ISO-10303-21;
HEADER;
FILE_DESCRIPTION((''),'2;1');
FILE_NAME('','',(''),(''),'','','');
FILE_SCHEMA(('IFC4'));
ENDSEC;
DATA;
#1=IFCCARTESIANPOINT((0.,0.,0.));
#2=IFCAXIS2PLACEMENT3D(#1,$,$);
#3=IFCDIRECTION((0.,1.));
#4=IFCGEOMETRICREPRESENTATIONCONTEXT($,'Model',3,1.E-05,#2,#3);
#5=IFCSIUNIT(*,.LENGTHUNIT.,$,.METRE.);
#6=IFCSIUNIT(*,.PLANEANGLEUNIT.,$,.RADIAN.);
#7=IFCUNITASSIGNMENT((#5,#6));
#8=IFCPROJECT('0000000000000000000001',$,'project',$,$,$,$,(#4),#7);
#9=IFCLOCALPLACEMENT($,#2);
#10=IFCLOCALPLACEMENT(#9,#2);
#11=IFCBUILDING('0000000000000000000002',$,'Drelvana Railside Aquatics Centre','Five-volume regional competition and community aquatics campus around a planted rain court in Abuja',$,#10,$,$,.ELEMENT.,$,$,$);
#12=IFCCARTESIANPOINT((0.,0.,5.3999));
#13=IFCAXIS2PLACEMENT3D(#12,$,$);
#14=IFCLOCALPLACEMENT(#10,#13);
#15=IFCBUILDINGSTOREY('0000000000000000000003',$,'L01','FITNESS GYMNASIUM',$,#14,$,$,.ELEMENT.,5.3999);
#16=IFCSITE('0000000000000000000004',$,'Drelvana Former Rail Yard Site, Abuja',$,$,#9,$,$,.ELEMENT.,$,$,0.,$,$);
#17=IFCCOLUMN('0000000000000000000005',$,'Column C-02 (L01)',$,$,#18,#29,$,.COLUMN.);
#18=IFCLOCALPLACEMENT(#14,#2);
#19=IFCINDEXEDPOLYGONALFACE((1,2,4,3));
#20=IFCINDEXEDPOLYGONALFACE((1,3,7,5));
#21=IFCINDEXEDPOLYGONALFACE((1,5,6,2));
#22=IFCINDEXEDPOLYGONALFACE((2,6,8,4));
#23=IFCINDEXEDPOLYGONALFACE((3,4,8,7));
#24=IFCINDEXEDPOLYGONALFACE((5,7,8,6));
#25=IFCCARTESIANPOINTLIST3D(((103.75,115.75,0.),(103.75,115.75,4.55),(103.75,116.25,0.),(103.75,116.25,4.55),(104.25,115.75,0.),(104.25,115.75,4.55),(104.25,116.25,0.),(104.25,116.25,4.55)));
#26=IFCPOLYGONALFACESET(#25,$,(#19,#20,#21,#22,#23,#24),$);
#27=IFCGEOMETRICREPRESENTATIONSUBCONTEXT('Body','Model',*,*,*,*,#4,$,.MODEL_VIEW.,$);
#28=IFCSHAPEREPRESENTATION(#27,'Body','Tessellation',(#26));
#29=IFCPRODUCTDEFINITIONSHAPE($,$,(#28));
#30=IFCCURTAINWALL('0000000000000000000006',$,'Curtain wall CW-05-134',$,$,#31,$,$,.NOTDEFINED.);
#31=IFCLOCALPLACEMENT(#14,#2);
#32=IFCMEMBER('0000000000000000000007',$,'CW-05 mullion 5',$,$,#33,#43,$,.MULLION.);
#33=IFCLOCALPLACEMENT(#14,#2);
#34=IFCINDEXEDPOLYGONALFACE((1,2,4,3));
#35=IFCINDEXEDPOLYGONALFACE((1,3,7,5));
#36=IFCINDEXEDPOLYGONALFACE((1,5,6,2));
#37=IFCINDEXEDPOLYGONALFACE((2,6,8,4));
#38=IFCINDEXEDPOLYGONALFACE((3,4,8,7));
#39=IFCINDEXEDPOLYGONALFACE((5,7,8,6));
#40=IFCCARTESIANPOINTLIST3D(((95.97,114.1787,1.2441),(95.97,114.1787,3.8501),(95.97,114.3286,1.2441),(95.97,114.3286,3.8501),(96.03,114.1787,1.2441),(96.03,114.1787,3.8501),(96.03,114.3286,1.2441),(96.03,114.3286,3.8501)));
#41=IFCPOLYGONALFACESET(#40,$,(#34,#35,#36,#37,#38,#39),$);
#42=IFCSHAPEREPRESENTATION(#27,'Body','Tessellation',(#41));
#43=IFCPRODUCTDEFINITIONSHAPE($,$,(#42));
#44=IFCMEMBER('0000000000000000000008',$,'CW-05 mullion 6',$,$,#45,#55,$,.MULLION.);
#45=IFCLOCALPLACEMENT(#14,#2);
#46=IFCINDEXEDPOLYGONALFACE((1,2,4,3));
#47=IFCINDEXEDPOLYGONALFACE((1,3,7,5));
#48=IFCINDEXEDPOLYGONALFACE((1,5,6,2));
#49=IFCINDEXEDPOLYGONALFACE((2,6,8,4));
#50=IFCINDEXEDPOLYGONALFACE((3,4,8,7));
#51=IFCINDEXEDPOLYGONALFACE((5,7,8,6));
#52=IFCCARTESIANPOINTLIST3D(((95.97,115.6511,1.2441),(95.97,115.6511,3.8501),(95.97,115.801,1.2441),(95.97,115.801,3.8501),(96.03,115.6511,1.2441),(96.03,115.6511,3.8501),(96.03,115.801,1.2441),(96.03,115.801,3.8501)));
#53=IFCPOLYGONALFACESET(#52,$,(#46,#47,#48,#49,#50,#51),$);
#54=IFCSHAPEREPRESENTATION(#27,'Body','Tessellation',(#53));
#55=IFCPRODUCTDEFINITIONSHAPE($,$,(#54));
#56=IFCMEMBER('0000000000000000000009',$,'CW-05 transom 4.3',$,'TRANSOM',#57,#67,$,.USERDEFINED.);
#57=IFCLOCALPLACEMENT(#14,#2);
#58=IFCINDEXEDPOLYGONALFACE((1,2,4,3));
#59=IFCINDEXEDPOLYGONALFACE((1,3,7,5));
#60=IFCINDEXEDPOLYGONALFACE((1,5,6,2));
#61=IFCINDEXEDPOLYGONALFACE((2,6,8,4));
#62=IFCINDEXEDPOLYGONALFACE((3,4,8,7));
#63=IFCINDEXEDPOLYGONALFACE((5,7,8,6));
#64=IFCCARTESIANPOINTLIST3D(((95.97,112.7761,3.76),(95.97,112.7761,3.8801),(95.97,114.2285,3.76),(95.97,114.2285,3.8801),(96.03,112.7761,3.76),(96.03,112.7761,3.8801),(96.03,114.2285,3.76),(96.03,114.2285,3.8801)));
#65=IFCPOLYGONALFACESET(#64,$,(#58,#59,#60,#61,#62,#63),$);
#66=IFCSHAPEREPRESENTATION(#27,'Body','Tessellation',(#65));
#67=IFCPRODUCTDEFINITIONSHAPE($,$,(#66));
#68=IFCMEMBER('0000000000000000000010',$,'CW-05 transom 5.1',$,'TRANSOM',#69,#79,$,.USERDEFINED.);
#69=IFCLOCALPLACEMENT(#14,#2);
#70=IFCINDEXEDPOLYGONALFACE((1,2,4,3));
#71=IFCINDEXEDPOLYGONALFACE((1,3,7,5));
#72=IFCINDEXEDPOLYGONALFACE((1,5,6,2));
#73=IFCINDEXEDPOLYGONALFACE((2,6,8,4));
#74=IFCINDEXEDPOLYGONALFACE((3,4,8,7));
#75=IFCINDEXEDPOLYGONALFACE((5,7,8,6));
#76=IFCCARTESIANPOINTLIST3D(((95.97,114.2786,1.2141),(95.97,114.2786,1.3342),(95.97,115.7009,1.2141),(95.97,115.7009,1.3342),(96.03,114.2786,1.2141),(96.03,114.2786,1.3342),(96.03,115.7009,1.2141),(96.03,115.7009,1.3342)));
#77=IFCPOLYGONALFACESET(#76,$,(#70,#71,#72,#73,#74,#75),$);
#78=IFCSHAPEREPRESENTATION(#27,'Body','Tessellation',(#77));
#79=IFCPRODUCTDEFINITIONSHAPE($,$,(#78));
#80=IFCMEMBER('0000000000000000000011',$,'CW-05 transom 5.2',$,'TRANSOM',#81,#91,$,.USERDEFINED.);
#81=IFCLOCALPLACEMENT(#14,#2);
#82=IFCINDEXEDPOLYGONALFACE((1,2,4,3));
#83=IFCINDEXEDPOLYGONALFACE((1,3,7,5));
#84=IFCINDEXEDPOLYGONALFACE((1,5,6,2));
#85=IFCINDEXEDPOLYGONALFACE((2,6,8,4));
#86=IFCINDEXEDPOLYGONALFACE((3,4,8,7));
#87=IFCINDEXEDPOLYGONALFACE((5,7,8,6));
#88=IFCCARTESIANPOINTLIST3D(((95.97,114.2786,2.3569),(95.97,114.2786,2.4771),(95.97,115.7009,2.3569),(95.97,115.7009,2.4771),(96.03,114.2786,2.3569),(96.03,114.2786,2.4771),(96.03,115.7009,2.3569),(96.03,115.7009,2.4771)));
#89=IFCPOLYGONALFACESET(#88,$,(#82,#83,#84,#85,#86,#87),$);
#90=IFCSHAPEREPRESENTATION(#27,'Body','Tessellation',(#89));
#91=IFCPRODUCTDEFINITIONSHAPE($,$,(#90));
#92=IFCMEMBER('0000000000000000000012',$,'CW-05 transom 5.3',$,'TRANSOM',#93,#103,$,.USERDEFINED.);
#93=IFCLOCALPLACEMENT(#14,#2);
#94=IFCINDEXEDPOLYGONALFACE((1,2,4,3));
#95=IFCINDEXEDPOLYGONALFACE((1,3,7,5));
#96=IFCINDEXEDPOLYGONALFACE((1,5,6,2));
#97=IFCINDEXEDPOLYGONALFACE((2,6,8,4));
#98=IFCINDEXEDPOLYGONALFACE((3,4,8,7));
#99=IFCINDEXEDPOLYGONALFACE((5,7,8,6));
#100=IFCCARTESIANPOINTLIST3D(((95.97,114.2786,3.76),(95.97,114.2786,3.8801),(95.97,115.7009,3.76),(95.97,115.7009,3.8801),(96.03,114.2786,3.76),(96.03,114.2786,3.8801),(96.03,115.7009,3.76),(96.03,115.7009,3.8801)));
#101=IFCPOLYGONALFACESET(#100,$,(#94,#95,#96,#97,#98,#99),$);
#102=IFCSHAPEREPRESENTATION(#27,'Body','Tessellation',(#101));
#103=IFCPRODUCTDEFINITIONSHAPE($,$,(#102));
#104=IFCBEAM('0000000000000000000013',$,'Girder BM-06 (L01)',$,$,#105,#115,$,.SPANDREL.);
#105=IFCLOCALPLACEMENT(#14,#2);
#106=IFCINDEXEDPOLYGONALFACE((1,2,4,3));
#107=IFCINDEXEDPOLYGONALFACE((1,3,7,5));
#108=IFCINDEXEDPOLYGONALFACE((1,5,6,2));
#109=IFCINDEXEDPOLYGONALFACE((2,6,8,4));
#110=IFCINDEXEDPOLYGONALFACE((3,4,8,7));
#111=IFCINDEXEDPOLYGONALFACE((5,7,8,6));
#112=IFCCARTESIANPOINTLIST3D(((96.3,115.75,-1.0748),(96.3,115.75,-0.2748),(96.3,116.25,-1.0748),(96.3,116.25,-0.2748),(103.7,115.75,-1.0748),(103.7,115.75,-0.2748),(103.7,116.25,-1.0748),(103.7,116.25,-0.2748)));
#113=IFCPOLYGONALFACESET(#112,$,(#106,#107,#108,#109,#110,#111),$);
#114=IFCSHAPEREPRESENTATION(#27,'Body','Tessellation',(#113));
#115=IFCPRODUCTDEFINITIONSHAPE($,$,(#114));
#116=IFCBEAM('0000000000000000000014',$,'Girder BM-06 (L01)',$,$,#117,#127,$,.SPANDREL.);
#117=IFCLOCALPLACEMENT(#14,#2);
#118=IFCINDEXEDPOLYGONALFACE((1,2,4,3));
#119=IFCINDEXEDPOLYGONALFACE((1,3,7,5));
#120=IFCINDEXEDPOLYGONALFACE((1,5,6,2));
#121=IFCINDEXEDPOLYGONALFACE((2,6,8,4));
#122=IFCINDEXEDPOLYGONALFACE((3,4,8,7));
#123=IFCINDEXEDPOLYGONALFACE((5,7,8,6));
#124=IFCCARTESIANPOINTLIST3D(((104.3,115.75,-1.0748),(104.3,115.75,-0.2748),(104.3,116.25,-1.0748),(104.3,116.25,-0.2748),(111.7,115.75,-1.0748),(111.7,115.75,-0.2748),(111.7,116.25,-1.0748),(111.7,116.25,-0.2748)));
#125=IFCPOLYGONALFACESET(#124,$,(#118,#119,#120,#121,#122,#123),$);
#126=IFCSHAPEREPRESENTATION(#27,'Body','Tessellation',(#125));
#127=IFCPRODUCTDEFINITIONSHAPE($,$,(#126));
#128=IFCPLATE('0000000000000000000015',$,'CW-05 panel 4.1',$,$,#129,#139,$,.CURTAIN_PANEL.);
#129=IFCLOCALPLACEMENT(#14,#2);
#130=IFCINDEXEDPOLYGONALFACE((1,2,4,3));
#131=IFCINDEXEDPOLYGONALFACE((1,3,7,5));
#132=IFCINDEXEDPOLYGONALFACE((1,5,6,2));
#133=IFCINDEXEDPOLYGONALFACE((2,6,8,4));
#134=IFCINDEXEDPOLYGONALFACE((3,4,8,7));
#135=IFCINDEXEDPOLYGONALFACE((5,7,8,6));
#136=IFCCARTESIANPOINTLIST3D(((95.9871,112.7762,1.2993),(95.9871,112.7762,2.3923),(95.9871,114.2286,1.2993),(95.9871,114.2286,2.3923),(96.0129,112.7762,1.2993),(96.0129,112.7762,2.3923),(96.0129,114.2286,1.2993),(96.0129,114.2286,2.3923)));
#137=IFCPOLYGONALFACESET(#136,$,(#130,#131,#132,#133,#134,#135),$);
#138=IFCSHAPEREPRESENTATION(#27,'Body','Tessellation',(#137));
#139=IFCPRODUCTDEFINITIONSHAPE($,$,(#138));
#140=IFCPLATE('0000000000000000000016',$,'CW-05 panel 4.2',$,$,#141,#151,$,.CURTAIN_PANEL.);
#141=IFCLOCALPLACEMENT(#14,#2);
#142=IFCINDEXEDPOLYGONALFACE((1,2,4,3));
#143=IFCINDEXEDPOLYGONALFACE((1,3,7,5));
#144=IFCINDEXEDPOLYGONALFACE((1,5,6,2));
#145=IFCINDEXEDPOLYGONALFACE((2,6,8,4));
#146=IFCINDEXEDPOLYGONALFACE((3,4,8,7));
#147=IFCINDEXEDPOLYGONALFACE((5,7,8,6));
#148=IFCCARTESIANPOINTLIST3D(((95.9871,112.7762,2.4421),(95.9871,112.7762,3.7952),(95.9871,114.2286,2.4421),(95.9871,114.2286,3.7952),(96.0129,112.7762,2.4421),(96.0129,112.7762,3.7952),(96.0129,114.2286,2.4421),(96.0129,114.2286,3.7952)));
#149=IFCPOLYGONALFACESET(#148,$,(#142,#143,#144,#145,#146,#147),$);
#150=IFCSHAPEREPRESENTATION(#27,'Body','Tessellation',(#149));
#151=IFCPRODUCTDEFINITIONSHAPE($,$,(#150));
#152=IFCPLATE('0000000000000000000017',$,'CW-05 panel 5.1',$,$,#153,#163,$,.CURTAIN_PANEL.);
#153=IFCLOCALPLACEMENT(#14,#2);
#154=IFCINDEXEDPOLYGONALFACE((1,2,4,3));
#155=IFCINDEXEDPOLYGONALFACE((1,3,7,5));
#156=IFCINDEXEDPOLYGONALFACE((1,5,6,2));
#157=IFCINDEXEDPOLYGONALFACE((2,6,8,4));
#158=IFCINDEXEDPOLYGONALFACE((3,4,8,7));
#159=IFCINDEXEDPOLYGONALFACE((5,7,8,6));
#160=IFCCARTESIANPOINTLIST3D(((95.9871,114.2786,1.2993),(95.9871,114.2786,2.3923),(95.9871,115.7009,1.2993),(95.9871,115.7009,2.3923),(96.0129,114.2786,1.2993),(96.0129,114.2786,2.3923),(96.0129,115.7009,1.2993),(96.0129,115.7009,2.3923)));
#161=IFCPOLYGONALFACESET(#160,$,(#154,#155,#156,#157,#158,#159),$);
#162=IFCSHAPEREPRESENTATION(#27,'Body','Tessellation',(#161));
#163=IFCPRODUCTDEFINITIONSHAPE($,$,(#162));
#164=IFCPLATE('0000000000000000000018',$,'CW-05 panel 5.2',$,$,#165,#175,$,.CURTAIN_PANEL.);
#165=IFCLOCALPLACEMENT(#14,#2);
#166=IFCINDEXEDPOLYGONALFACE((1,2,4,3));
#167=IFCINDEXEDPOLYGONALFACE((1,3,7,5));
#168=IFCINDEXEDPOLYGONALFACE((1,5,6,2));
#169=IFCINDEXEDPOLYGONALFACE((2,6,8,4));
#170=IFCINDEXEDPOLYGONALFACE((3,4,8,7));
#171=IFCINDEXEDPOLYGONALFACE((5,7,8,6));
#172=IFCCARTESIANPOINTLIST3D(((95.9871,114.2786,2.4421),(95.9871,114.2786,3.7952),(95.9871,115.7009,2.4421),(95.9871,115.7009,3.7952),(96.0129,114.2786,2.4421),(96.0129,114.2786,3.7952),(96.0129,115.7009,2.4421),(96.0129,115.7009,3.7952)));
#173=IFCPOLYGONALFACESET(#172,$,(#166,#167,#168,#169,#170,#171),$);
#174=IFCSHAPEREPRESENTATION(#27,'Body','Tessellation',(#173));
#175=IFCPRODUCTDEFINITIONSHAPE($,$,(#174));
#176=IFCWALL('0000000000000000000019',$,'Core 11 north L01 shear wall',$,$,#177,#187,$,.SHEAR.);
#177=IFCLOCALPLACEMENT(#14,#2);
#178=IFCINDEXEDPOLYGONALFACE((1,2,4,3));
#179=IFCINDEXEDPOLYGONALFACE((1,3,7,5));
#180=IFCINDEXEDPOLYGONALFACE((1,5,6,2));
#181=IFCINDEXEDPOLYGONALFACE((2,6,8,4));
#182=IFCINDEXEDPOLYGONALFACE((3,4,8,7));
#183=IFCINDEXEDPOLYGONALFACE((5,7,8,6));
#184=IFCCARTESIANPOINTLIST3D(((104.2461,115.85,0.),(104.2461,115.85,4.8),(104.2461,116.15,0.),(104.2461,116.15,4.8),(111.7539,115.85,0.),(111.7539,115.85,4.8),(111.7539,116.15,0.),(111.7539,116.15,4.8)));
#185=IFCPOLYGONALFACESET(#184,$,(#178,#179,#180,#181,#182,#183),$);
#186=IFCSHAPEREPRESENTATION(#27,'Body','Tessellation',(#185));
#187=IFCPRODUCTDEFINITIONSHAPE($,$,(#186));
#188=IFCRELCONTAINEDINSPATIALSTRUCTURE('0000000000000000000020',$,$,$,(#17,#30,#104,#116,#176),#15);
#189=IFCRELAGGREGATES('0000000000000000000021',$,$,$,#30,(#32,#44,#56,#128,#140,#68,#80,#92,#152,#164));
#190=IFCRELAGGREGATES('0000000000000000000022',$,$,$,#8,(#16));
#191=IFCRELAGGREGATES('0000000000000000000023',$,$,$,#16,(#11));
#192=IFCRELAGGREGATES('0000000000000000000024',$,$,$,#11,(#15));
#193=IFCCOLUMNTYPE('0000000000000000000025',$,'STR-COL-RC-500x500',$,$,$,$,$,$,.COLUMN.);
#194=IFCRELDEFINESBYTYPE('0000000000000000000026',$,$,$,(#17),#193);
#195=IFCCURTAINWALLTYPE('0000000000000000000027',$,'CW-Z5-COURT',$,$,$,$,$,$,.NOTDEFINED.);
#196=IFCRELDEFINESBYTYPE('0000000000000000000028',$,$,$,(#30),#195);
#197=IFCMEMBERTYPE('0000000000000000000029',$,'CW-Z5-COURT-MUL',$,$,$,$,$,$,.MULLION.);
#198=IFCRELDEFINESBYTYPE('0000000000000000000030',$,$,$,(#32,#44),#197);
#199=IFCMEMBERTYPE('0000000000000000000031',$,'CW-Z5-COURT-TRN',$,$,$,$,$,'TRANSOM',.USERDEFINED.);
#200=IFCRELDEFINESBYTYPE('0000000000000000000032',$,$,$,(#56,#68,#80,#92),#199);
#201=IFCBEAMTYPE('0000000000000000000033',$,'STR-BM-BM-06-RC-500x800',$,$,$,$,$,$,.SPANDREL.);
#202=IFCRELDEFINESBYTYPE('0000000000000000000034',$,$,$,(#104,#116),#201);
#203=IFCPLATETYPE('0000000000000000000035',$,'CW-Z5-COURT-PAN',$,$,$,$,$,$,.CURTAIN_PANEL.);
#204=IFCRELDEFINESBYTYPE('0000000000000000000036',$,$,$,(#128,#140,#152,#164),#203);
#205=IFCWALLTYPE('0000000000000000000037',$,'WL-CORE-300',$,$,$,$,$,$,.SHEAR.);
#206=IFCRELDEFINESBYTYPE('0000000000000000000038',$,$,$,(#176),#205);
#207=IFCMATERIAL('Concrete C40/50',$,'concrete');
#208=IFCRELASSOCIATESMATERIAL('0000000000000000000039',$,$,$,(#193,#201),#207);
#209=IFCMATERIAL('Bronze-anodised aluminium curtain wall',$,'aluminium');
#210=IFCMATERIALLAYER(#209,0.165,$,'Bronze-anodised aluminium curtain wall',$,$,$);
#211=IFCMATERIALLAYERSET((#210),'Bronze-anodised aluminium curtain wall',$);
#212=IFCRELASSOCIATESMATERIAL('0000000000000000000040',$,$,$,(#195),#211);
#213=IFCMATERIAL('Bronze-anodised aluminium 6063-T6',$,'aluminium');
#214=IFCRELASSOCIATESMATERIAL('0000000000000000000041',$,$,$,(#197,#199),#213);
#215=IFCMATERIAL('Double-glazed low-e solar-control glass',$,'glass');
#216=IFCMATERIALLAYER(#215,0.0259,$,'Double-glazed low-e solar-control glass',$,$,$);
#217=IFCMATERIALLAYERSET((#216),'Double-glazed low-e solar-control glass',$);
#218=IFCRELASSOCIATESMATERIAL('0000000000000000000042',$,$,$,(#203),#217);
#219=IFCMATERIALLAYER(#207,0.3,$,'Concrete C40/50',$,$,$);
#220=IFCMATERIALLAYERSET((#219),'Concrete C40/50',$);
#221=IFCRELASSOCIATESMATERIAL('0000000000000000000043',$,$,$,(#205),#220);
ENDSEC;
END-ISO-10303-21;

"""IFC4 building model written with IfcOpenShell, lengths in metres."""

from ifc_helpers import new_model, si_unit, direction, frame, frame_2d, origin, origin_2d, place, context, subcontext, project, spatial, rectangle, extrude, material, layer, layer_set, material_profile, profile_set, type_object, element, aggregate, save


model = new_model("IFC4")

# Units and contexts
model_context = context("Model", 3, precision=1e-05, world=origin(), true_north=direction((0.0, 1.0)))
body_context = subcontext(model_context, "Body", "Model", "MODEL_VIEW")
ifc_project = project(units=[si_unit("LENGTHUNIT", "METRE"), si_unit("PLANEANGLEUNIT", "RADIAN")], contexts=[model_context])

# Site, building, storey
site_placement = place(None, origin())
site = spatial("IfcSite", under=ifc_project, at=site_placement, Name="Drelvana Former Rail Yard Site, Abuja", CompositionType="ELEMENT", RefElevation=0.0)
building_placement = place(site_placement, origin())
building = spatial("IfcBuilding", under=site, at=building_placement, Name="Drelvana Railside Aquatics Centre", Description="Five-volume regional competition and community aquatics campus around a planted rain court in Abuja", CompositionType="ELEMENT")
storey_placement = place(building_placement, frame((0.0, 0.0, 5.3999)))
storey = spatial("IfcBuildingStorey", under=building, at=storey_placement, Name="L01", Description="FITNESS GYMNASIUM", CompositionType="ELEMENT", Elevation=5.3999)

# Column
ifc_material_1 = material(Name="Concrete C40/50", Category="concrete")
ifc_material_profile_1 = material_profile(ifc_material_1, rectangle(XDim=0.5, YDim=0.5, at=origin_2d()), Name="RC 500x500")
ifc_profile_set_1 = profile_set([ifc_material_profile_1], Name="Concrete C40/50")
column_type = type_object("IfcColumnType", Name="STR-COL-RC-500x500", PredefinedType="COLUMN", material=ifc_profile_set_1)
column_placement = place(storey_placement, frame((104.0, 116.0, 0.0), z_axis=(0.0, 0.0, 1.0), x_axis=(1.0, 0.0, 0.0)))
element("IfcColumn", 1, at=column_placement, inside=storey, type_object=column_type, Name="Column C-02 (L01)", PredefinedType="COLUMN", context=body_context, shape_type="SweptSolid", body=[
    extrude(rectangle(XDim=0.5, YDim=0.5, at=origin_2d()), origin(), (0.0, 0.0, 1.0), 4.55),
])

# Curtain wall, members
ifc_material_2 = material(Name="Bronze-anodised aluminium curtain wall", Category="aluminium")
ifc_layer_1 = layer(ifc_material_2, 0.165, Name="Bronze-anodised aluminium curtain wall")
ifc_layer_set_1 = layer_set([ifc_layer_1], Name="Bronze-anodised aluminium curtain wall")
curtain_wall_type = type_object("IfcCurtainWallType", Name="CW-Z5-COURT", PredefinedType="NOTDEFINED", material=ifc_layer_set_1)
curtain_wall_placement = place(storey_placement, origin())
curtain_wall = element("IfcCurtainWall", 2, at=curtain_wall_placement, inside=storey, type_object=curtain_wall_type, Name="Curtain wall CW-05-134", PredefinedType="NOTDEFINED")
ifc_material_3 = material(Name="Bronze-anodised aluminium 6063-T6", Category="aluminium")
ifc_material_profile_2 = material_profile(ifc_material_3, rectangle(XDim=0.0601, YDim=0.1499, at=origin_2d()), Name="ALU-M 60x150")
ifc_profile_set_2 = profile_set([ifc_material_profile_2], Name="Bronze-anodised aluminium 6063-T6")
member_type_1 = type_object("IfcMemberType", Name="CW-Z5-COURT-MUL", PredefinedType="MULLION", material=ifc_profile_set_2)
member_1_placement = place(storey_placement, frame((96.0, 114.2537, 1.2441), z_axis=(0.0, 0.0, 1.0), x_axis=(-1.0, 0.0, 0.0)))
member_1 = element("IfcMember", 3, at=member_1_placement, type_object=member_type_1, Name="CW-05 mullion 5", PredefinedType="MULLION", context=body_context, shape_type="SweptSolid", body=[
    extrude(rectangle(XDim=0.0601, YDim=0.1499, at=origin_2d()), origin(), (0.0, 0.0, 1.0), 2.606),
])
member_2_placement = place(storey_placement, frame((96.0, 115.7261, 1.2441), z_axis=(0.0, 0.0, 1.0), x_axis=(-1.0, 0.0, 0.0)))
member_2 = element("IfcMember", 4, at=member_2_placement, type_object=member_type_1, Name="CW-05 mullion 6", PredefinedType="MULLION", context=body_context, shape_type="SweptSolid", body=[
    extrude(rectangle(XDim=0.0601, YDim=0.1499, at=origin_2d()), origin(), (0.0, 0.0, 1.0), 2.606),
])
ifc_material_profile_3 = material_profile(ifc_material_3, rectangle(XDim=0.1201, YDim=0.0601, at=origin_2d()), Name="ALU-T 60x120")
ifc_profile_set_3 = profile_set([ifc_material_profile_3], Name="Bronze-anodised aluminium 6063-T6")
member_type_2 = type_object("IfcMemberType", Name="CW-Z5-COURT-TRN", ElementType="TRANSOM", PredefinedType="USERDEFINED", material=ifc_profile_set_3)
member_3_placement = place(storey_placement, frame((96.0, 112.7761, 3.8201), z_axis=(0.0, 1.0, 0.0), x_axis=(0.0, 0.0, 1.0)))
member_3 = element("IfcMember", 5, at=member_3_placement, type_object=member_type_2, Name="CW-05 transom 4.3", ObjectType="TRANSOM", PredefinedType="USERDEFINED", context=body_context, shape_type="SweptSolid", body=[
    extrude(rectangle(XDim=0.1201, YDim=0.0601, at=origin_2d()), origin(), (0.0, 0.0, 1.0), 1.4524),
])
member_4_placement = place(storey_placement, frame((96.0, 114.2786, 1.2742), z_axis=(0.0, 1.0, 0.0), x_axis=(0.0, 0.0, 1.0)))
member_4 = element("IfcMember", 6, at=member_4_placement, type_object=member_type_2, Name="CW-05 transom 5.1", ObjectType="TRANSOM", PredefinedType="USERDEFINED", context=body_context, shape_type="SweptSolid", body=[
    extrude(rectangle(XDim=0.1201, YDim=0.0601, at=origin_2d()), origin(), (0.0, 0.0, 1.0), 1.4224),
])
member_5_placement = place(storey_placement, frame((96.0, 114.2786, 2.417), z_axis=(0.0, 1.0, 0.0), x_axis=(0.0, 0.0, 1.0)))
member_5 = element("IfcMember", 7, at=member_5_placement, type_object=member_type_2, Name="CW-05 transom 5.2", ObjectType="TRANSOM", PredefinedType="USERDEFINED", context=body_context, shape_type="SweptSolid", body=[
    extrude(rectangle(XDim=0.1201, YDim=0.0601, at=origin_2d()), origin(), (0.0, 0.0, 1.0), 1.4224),
])
member_6_placement = place(storey_placement, frame((96.0, 114.2786, 3.8201), z_axis=(0.0, 1.0, 0.0), x_axis=(0.0, 0.0, 1.0)))
member_6 = element("IfcMember", 8, at=member_6_placement, type_object=member_type_2, Name="CW-05 transom 5.3", ObjectType="TRANSOM", PredefinedType="USERDEFINED", context=body_context, shape_type="SweptSolid", body=[
    extrude(rectangle(XDim=0.1201, YDim=0.0601, at=origin_2d()), origin(), (0.0, 0.0, 1.0), 1.4224),
])

# Beams
ifc_material_profile_4 = material_profile(ifc_material_1, rectangle(XDim=0.5, YDim=0.8, at=origin_2d()), Name="RC 500x800")
ifc_profile_set_4 = profile_set([ifc_material_profile_4], Name="Concrete C40/50")
beam_type = type_object("IfcBeamType", Name="STR-BM-BM-06-RC-500x800", PredefinedType="SPANDREL", material=ifc_profile_set_4)
for number, where, z_axis, x_axis, name in (
    (9, (96.3, 116.0, -0.6748), (1.0, 0.0, 0.0), (0.0, 1.0, 0.0), "Girder BM-06 (L01)"),
    (10, (104.3, 116.0, -0.6748), (1.0, 0.0, 0.0), (0.0, 1.0, 0.0), "Girder BM-06 (L01)"),
):
    element("IfcBeam", number, at=place(storey_placement, frame(where, z_axis=z_axis, x_axis=x_axis)), inside=storey, type_object=beam_type, Name=name, PredefinedType="SPANDREL", context=body_context, shape_type="SweptSolid", body=[
        extrude(rectangle(XDim=0.5, YDim=0.8, at=origin_2d()), origin(), (0.0, 0.0, 1.0), 7.3999),
    ])

# Plates
ifc_material_4 = material(Name="Double-glazed low-e solar-control glass", Category="glass")
ifc_layer_2 = layer(ifc_material_4, 0.0259, Name="Double-glazed low-e solar-control glass")
ifc_layer_set_2 = layer_set([ifc_layer_2], Name="Double-glazed low-e solar-control glass")
plate_type = type_object("IfcPlateType", Name="CW-Z5-COURT-PAN", PredefinedType="CURTAIN_PANEL", material=ifc_layer_set_2)
plate_1_placement = place(storey_placement, frame((96.0, 113.5024, 1.2993), z_axis=(0.0, 0.0, 1.0), x_axis=(0.0, 1.0, 0.0)))
plate_1 = element("IfcPlate", 11, at=plate_1_placement, type_object=plate_type, Name="CW-05 panel 4.1", PredefinedType="CURTAIN_PANEL", context=body_context, shape_type="SweptSolid", body=[
    extrude(rectangle(XDim=1.4524, YDim=0.0259, at=origin_2d()), origin(), (0.0, 0.0, 1.0), 1.093),
])
plate_2_placement = place(storey_placement, frame((96.0, 113.5024, 2.4421), z_axis=(0.0, 0.0, 1.0), x_axis=(0.0, 1.0, 0.0)))
plate_2 = element("IfcPlate", 12, at=plate_2_placement, type_object=plate_type, Name="CW-05 panel 4.2", PredefinedType="CURTAIN_PANEL", context=body_context, shape_type="SweptSolid", body=[
    extrude(rectangle(XDim=1.4524, YDim=0.0259, at=origin_2d()), origin(), (0.0, 0.0, 1.0), 1.353),
])
plate_3_placement = place(storey_placement, frame((96.0, 114.9897, 1.2993), z_axis=(0.0, 0.0, 1.0), x_axis=(0.0, 1.0, 0.0)))
plate_3 = element("IfcPlate", 13, at=plate_3_placement, type_object=plate_type, Name="CW-05 panel 5.1", PredefinedType="CURTAIN_PANEL", context=body_context, shape_type="SweptSolid", body=[
    extrude(rectangle(XDim=1.4224, YDim=0.0259, at=origin_2d()), origin(), (0.0, 0.0, 1.0), 1.093),
])
plate_4_placement = place(storey_placement, frame((96.0, 114.9897, 2.4421), z_axis=(0.0, 0.0, 1.0), x_axis=(0.0, 1.0, 0.0)))
plate_4 = element("IfcPlate", 14, at=plate_4_placement, type_object=plate_type, Name="CW-05 panel 5.2", PredefinedType="CURTAIN_PANEL", context=body_context, shape_type="SweptSolid", body=[
    extrude(rectangle(XDim=1.4224, YDim=0.0259, at=origin_2d()), origin(), (0.0, 0.0, 1.0), 1.353),
])
aggregate(curtain_wall, [member_1, member_2, member_3, plate_1, plate_2, member_4, member_5, member_6, plate_3, plate_4])

# Wall
ifc_layer_3 = layer(ifc_material_1, 0.3, Name="Concrete C40/50")
ifc_layer_set_3 = layer_set([ifc_layer_3], Name="Concrete C40/50")
wall_type_1 = type_object("IfcWallType", Name="WL-CORE-300", PredefinedType="SHEAR", material=ifc_layer_set_3)
wall_1_placement = place(storey_placement, frame((104.2461, 116.0, 0.0), z_axis=(0.0, 0.0, 1.0), x_axis=(1.0, 0.0, 0.0)))
element("IfcWall", 15, at=wall_1_placement, inside=storey, type_object=wall_type_1, Name="Core 11 north L01 shear wall", PredefinedType="SHEAR", context=body_context, shape_type="SweptSolid", body=[
    extrude(rectangle(XDim=7.5078, YDim=0.3, at=frame_2d((3.7539, 0.0))), origin(), (0.0, 0.0, 1.0), 4.8),
])

save(model, "model.ifc")
